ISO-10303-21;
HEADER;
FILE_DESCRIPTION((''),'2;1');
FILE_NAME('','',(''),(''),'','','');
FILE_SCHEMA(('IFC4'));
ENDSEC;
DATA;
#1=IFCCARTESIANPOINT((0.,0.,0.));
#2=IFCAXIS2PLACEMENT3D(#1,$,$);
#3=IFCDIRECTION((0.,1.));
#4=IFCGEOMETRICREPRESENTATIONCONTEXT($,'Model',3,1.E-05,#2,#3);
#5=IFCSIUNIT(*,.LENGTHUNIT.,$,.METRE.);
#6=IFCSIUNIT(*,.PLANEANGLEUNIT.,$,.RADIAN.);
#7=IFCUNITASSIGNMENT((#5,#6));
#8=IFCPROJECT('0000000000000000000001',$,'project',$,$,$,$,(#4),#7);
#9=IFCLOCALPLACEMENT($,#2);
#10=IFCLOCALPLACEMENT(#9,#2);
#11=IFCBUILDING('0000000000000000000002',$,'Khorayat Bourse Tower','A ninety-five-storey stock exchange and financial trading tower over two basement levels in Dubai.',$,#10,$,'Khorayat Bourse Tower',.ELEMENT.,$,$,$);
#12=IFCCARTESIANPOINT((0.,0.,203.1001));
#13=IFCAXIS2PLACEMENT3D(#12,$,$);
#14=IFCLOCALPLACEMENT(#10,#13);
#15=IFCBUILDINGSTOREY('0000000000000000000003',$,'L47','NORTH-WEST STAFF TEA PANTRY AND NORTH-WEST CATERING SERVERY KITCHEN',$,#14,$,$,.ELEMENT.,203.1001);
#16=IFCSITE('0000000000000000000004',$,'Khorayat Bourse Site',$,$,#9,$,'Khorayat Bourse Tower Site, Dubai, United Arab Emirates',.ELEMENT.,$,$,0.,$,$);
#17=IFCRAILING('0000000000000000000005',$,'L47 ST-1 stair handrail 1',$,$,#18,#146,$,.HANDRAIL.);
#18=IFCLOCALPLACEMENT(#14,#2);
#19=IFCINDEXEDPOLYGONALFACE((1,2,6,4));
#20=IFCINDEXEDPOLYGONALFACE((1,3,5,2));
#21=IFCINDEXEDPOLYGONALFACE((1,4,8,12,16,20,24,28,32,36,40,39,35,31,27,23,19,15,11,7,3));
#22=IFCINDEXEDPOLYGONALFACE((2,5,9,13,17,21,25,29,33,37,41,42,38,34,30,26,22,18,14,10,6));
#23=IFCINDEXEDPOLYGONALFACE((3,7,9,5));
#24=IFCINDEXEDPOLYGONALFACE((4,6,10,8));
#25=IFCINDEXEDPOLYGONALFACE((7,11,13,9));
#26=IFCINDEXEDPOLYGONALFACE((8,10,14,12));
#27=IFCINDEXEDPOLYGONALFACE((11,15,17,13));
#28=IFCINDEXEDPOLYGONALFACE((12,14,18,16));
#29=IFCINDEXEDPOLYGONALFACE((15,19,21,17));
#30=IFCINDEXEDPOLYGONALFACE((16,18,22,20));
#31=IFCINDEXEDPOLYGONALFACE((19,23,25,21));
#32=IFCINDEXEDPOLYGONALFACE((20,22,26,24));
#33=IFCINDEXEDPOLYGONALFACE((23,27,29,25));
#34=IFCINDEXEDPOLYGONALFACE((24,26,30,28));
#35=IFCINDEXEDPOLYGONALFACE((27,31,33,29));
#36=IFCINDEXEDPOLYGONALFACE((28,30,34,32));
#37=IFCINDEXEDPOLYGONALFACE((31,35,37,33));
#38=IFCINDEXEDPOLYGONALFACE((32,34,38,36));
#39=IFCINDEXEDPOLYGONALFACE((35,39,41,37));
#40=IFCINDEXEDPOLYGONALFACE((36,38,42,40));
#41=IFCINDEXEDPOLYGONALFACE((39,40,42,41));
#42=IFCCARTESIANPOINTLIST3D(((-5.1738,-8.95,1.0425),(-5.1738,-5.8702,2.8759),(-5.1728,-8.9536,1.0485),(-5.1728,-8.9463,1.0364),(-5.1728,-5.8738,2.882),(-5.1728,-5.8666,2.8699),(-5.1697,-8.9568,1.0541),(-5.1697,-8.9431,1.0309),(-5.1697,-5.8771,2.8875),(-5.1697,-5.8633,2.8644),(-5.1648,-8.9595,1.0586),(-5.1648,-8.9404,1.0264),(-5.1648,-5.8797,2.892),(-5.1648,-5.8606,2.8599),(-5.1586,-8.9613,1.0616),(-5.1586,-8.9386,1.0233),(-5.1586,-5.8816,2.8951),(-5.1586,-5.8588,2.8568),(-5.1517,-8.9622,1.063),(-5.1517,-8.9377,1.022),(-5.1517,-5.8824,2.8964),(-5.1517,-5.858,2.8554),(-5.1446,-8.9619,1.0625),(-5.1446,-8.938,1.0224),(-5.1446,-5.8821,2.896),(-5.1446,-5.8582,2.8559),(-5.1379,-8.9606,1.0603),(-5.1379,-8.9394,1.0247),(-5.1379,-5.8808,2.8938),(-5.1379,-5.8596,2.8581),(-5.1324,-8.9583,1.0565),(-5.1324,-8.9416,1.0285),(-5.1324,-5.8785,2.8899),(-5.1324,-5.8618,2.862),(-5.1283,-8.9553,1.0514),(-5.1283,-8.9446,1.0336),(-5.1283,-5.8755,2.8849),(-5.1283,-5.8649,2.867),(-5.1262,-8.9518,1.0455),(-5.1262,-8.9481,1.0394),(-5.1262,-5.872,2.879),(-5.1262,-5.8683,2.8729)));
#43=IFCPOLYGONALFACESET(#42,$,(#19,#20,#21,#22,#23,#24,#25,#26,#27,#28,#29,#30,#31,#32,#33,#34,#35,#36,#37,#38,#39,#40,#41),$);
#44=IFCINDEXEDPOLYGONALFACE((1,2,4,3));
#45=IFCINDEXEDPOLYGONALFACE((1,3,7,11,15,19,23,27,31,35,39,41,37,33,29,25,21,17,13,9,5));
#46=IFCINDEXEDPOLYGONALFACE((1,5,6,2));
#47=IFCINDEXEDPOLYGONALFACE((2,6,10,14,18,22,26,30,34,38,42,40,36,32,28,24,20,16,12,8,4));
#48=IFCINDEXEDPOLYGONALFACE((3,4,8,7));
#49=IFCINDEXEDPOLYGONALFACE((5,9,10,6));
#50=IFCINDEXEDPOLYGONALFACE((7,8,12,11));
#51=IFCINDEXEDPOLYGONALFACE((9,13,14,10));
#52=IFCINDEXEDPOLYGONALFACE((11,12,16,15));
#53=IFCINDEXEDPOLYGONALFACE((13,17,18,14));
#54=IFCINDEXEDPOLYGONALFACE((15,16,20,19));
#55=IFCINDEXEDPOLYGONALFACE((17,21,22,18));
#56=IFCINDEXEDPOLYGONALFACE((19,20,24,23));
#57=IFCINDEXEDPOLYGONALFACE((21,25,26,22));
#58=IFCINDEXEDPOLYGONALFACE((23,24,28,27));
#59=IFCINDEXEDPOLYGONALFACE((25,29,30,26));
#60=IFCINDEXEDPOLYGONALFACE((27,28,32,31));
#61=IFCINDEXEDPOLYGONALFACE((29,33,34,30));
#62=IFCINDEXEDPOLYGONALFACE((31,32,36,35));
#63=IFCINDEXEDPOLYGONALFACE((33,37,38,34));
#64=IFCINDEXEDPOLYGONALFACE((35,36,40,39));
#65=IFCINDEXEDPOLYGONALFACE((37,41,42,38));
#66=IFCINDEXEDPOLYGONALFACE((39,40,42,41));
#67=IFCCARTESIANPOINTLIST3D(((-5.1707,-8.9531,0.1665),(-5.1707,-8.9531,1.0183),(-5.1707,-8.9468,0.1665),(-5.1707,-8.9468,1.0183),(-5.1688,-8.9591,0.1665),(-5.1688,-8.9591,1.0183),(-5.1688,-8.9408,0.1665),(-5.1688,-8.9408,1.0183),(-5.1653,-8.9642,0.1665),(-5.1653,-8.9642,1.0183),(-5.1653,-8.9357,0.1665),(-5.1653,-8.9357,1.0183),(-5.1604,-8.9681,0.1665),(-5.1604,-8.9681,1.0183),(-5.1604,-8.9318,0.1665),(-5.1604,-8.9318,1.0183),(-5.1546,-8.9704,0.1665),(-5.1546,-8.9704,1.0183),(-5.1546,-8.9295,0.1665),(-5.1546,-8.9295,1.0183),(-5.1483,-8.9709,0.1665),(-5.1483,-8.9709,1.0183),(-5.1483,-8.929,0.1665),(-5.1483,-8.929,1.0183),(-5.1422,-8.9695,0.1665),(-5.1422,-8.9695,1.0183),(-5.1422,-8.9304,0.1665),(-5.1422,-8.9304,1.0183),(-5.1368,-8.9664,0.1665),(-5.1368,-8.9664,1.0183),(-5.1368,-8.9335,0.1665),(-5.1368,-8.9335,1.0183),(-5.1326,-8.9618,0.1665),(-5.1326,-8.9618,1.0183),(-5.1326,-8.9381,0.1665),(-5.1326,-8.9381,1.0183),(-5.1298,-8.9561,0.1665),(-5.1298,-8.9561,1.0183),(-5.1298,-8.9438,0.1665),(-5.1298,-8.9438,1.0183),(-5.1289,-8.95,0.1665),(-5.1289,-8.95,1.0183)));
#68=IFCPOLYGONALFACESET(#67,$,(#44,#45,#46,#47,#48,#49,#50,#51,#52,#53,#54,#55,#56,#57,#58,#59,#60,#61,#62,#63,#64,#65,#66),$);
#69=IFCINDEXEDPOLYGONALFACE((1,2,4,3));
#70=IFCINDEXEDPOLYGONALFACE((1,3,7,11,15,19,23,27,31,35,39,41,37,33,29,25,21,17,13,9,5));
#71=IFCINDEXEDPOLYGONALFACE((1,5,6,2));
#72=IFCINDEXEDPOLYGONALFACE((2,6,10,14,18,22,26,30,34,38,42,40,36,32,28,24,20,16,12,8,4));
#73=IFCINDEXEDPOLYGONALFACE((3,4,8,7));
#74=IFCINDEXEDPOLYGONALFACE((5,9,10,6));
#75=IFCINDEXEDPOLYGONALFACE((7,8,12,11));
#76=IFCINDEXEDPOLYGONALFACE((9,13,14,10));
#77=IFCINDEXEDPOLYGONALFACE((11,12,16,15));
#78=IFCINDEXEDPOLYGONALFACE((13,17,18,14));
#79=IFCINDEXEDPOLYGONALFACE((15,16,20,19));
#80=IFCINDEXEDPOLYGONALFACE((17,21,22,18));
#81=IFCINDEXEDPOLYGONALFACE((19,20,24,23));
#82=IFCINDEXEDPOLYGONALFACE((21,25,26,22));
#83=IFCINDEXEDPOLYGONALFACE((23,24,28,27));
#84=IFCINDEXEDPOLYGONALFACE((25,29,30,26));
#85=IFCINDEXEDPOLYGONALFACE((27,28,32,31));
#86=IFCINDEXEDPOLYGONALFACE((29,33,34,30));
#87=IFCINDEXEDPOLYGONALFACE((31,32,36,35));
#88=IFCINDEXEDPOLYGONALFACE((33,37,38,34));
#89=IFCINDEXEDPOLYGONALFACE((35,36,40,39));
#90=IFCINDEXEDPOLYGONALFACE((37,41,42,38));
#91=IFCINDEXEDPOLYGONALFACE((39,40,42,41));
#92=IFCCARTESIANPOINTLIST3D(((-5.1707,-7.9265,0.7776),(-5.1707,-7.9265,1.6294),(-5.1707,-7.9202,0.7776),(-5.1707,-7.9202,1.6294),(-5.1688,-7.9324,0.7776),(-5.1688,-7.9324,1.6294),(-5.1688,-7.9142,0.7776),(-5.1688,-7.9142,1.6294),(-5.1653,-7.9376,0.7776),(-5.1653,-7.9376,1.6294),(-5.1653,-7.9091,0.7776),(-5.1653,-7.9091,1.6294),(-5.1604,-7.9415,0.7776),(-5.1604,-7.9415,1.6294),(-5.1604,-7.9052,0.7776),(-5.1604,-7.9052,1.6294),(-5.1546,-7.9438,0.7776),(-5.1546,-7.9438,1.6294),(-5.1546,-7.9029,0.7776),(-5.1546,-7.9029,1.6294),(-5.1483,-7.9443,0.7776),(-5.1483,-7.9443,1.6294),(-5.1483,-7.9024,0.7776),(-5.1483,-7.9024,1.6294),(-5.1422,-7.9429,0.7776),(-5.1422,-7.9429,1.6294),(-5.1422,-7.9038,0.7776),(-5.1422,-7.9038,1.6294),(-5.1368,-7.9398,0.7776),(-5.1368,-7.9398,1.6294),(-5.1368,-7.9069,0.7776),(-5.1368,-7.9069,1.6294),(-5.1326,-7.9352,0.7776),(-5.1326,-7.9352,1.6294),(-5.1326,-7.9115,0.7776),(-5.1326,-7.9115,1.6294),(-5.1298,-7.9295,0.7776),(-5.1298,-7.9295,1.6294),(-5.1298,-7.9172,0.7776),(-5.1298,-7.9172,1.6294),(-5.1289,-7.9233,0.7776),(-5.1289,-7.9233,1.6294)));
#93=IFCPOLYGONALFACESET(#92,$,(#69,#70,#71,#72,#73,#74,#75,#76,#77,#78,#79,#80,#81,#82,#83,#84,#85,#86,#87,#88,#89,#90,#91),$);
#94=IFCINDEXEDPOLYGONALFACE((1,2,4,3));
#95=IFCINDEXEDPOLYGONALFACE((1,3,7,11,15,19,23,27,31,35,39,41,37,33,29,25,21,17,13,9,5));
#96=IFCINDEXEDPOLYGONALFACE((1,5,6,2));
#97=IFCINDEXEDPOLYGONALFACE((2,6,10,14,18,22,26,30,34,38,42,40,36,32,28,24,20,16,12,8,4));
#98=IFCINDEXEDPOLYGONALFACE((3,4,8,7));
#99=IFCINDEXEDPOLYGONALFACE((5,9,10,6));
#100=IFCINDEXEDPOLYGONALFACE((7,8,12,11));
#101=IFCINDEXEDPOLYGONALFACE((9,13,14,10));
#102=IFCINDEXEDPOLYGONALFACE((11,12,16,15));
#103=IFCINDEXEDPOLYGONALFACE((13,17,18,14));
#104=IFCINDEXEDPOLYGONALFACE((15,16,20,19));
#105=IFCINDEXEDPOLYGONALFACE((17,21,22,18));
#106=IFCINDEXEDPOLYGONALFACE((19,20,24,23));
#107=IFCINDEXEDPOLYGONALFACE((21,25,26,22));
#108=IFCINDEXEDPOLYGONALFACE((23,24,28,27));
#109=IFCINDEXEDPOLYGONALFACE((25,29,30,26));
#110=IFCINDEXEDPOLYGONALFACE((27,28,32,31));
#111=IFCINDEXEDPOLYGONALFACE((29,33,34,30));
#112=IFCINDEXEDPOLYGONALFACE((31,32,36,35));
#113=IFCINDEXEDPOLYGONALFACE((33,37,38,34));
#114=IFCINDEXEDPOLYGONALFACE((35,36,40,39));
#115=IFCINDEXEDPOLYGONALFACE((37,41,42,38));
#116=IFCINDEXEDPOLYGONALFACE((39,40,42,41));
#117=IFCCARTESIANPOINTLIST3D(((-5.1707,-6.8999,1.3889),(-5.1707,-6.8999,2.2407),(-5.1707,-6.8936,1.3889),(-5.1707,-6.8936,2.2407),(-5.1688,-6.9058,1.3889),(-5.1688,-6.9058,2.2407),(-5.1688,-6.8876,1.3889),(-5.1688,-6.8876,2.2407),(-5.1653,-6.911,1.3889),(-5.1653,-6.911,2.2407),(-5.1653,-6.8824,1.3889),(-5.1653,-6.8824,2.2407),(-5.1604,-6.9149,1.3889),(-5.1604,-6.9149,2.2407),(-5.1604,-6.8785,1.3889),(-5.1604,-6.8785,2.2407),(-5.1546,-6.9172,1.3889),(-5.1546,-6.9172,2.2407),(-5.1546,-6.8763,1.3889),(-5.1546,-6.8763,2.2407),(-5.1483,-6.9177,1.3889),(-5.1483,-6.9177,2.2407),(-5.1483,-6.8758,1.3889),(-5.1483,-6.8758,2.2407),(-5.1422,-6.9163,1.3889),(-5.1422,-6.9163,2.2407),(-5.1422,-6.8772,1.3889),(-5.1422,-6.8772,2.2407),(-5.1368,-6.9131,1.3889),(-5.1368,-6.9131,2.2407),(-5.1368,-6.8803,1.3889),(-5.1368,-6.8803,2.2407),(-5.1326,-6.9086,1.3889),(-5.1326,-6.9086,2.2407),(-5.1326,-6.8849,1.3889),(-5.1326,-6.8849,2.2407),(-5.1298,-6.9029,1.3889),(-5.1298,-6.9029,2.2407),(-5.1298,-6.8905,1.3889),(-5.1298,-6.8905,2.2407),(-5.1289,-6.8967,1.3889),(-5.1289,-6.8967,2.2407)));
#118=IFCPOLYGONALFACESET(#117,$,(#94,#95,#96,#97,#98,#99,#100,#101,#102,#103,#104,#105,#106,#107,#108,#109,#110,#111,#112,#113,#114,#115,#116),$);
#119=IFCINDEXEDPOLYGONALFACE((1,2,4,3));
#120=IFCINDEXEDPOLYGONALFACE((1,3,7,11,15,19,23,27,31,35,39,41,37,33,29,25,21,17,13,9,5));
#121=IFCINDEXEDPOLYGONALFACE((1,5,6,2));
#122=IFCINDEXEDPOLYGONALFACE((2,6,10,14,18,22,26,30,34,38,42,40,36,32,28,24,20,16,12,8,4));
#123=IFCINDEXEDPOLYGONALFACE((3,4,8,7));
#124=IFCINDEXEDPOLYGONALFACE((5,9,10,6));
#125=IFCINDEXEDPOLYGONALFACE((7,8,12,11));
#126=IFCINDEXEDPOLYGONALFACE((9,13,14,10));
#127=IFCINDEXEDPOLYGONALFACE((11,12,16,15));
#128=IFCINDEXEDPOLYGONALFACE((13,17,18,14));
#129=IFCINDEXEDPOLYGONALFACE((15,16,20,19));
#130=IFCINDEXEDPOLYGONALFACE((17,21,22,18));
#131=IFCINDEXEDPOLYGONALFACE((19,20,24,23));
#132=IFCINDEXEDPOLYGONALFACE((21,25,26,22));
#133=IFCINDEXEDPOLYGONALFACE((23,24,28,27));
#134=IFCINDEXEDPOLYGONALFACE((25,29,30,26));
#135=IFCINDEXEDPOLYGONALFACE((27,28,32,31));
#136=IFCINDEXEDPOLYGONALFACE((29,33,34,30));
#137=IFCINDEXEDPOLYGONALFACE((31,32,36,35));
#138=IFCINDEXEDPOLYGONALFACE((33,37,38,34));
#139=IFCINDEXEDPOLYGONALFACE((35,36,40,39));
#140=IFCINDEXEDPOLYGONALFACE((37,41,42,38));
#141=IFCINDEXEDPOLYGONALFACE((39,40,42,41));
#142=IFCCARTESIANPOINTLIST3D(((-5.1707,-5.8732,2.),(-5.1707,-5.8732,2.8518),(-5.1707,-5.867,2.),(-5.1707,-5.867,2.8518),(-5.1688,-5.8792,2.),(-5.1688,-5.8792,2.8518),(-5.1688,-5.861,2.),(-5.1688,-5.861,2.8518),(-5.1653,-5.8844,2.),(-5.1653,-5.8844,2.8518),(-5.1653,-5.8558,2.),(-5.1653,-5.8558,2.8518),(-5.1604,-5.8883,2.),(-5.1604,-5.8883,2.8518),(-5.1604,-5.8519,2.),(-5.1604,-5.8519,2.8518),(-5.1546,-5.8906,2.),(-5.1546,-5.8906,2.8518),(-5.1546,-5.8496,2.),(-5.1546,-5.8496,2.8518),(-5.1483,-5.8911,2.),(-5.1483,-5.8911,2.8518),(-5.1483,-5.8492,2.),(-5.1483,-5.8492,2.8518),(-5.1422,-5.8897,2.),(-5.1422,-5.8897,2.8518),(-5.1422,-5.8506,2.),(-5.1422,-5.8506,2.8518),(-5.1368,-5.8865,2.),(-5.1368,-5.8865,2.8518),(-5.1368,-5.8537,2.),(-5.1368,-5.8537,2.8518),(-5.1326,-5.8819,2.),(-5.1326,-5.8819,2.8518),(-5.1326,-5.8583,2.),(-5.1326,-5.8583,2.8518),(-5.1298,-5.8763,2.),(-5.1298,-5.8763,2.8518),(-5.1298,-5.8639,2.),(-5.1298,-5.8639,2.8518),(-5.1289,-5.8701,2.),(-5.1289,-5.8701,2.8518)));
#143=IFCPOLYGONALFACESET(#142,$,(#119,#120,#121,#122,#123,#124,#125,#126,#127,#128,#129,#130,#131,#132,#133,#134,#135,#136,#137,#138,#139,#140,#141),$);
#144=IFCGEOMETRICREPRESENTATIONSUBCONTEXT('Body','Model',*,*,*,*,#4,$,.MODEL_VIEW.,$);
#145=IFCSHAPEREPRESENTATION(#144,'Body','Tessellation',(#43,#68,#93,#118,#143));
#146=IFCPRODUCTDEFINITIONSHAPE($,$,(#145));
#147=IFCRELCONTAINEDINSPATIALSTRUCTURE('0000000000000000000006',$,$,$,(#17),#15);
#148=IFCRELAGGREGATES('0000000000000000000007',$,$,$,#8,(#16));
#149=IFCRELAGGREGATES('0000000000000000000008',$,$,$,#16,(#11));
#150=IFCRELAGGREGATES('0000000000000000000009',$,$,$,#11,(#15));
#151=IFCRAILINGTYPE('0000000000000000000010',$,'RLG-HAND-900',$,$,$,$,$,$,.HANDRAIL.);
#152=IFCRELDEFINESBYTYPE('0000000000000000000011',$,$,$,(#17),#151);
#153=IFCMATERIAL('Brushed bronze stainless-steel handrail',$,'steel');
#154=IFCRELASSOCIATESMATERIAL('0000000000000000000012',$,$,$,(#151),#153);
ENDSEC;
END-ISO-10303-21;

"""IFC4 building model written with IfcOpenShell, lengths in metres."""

from ifc_helpers import new_model, si_unit, direction, frame, origin, origin_2d, place, context, subcontext, project, spatial, circle, extrude, source, transform, mapped, material, type_object, element, save


model = new_model("IFC4")

# Units and contexts
model_context = context("Model", 3, precision=1e-05, world=origin(), true_north=direction((0.0, 1.0)))
body_context = subcontext(model_context, "Body", "Model", "MODEL_VIEW")
ifc_project = project(units=[si_unit("LENGTHUNIT", "METRE"), si_unit("PLANEANGLEUNIT", "RADIAN")], contexts=[model_context])

# Site, building, storey
site_placement = place(None, origin())
site = spatial("IfcSite", under=ifc_project, at=site_placement, Name="Khorayat Bourse Site", LongName="Khorayat Bourse Tower Site, Dubai, United Arab Emirates", CompositionType="ELEMENT", RefElevation=0.0)
building_placement = place(site_placement, origin())
building = spatial("IfcBuilding", under=site, at=building_placement, Name="Khorayat Bourse Tower", Description="A ninety-five-storey stock exchange and financial trading tower over two basement levels in Dubai.", LongName="Khorayat Bourse Tower", CompositionType="ELEMENT")
storey_placement = place(building_placement, frame((0.0, 0.0, 203.1001)))
storey = spatial("IfcBuildingStorey", under=building, at=storey_placement, Name="L47", Description="NORTH-WEST STAFF TEA PANTRY AND NORTH-WEST CATERING SERVERY KITCHEN", CompositionType="ELEMENT", Elevation=203.1001)

# Railing
ifc_material_1 = material(Name="Brushed bronze stainless-steel handrail", Category="steel")
railing_type_1 = type_object("IfcRailingType", Name="RLG-HAND-900", PredefinedType="HANDRAIL", material=ifc_material_1)
shared_shape_1 = source(origin(), body_context, "Body", "SweptSolid", [
    extrude(circle(Radius=0.0239, at=origin_2d()), frame((0.0, 0.0, 0.876), z_axis=(0.0, 0.859261, 0.511538), x_axis=(-1.0, 0.0, 0.0)), (0.0, 0.0, 1.0), 3.5842),
    extrude(circle(Radius=0.021, at=origin_2d()), origin(), (0.0, 0.0, 1.0), 0.8518),
    extrude(circle(Radius=0.021, at=origin_2d()), frame((0.0, 1.0266, 0.6111)), (0.0, 0.0, 1.0), 0.8518),
    extrude(circle(Radius=0.021, at=origin_2d()), frame((0.0, 2.0532, 1.2224)), (0.0, 0.0, 1.0), 0.8518),
    extrude(circle(Radius=0.021, at=origin_2d()), frame((0.0, 3.0798, 1.8335)), (0.0, 0.0, 1.0), 0.8518),
])
railing_1_placement = place(storey_placement, frame((-5.1499, -8.95, 0.1665)))
element("IfcRailing", 1, at=railing_1_placement, inside=storey, type_object=railing_type_1, Name="L47 ST-1 stair handrail 1", PredefinedType="HANDRAIL", context=body_context, shape_type="MappedRepresentation", body=[
    mapped(shared_shape_1, transform((0.0, 0.0, 0.0), scale=1.0)),
])

save(model, "model.ifc")
